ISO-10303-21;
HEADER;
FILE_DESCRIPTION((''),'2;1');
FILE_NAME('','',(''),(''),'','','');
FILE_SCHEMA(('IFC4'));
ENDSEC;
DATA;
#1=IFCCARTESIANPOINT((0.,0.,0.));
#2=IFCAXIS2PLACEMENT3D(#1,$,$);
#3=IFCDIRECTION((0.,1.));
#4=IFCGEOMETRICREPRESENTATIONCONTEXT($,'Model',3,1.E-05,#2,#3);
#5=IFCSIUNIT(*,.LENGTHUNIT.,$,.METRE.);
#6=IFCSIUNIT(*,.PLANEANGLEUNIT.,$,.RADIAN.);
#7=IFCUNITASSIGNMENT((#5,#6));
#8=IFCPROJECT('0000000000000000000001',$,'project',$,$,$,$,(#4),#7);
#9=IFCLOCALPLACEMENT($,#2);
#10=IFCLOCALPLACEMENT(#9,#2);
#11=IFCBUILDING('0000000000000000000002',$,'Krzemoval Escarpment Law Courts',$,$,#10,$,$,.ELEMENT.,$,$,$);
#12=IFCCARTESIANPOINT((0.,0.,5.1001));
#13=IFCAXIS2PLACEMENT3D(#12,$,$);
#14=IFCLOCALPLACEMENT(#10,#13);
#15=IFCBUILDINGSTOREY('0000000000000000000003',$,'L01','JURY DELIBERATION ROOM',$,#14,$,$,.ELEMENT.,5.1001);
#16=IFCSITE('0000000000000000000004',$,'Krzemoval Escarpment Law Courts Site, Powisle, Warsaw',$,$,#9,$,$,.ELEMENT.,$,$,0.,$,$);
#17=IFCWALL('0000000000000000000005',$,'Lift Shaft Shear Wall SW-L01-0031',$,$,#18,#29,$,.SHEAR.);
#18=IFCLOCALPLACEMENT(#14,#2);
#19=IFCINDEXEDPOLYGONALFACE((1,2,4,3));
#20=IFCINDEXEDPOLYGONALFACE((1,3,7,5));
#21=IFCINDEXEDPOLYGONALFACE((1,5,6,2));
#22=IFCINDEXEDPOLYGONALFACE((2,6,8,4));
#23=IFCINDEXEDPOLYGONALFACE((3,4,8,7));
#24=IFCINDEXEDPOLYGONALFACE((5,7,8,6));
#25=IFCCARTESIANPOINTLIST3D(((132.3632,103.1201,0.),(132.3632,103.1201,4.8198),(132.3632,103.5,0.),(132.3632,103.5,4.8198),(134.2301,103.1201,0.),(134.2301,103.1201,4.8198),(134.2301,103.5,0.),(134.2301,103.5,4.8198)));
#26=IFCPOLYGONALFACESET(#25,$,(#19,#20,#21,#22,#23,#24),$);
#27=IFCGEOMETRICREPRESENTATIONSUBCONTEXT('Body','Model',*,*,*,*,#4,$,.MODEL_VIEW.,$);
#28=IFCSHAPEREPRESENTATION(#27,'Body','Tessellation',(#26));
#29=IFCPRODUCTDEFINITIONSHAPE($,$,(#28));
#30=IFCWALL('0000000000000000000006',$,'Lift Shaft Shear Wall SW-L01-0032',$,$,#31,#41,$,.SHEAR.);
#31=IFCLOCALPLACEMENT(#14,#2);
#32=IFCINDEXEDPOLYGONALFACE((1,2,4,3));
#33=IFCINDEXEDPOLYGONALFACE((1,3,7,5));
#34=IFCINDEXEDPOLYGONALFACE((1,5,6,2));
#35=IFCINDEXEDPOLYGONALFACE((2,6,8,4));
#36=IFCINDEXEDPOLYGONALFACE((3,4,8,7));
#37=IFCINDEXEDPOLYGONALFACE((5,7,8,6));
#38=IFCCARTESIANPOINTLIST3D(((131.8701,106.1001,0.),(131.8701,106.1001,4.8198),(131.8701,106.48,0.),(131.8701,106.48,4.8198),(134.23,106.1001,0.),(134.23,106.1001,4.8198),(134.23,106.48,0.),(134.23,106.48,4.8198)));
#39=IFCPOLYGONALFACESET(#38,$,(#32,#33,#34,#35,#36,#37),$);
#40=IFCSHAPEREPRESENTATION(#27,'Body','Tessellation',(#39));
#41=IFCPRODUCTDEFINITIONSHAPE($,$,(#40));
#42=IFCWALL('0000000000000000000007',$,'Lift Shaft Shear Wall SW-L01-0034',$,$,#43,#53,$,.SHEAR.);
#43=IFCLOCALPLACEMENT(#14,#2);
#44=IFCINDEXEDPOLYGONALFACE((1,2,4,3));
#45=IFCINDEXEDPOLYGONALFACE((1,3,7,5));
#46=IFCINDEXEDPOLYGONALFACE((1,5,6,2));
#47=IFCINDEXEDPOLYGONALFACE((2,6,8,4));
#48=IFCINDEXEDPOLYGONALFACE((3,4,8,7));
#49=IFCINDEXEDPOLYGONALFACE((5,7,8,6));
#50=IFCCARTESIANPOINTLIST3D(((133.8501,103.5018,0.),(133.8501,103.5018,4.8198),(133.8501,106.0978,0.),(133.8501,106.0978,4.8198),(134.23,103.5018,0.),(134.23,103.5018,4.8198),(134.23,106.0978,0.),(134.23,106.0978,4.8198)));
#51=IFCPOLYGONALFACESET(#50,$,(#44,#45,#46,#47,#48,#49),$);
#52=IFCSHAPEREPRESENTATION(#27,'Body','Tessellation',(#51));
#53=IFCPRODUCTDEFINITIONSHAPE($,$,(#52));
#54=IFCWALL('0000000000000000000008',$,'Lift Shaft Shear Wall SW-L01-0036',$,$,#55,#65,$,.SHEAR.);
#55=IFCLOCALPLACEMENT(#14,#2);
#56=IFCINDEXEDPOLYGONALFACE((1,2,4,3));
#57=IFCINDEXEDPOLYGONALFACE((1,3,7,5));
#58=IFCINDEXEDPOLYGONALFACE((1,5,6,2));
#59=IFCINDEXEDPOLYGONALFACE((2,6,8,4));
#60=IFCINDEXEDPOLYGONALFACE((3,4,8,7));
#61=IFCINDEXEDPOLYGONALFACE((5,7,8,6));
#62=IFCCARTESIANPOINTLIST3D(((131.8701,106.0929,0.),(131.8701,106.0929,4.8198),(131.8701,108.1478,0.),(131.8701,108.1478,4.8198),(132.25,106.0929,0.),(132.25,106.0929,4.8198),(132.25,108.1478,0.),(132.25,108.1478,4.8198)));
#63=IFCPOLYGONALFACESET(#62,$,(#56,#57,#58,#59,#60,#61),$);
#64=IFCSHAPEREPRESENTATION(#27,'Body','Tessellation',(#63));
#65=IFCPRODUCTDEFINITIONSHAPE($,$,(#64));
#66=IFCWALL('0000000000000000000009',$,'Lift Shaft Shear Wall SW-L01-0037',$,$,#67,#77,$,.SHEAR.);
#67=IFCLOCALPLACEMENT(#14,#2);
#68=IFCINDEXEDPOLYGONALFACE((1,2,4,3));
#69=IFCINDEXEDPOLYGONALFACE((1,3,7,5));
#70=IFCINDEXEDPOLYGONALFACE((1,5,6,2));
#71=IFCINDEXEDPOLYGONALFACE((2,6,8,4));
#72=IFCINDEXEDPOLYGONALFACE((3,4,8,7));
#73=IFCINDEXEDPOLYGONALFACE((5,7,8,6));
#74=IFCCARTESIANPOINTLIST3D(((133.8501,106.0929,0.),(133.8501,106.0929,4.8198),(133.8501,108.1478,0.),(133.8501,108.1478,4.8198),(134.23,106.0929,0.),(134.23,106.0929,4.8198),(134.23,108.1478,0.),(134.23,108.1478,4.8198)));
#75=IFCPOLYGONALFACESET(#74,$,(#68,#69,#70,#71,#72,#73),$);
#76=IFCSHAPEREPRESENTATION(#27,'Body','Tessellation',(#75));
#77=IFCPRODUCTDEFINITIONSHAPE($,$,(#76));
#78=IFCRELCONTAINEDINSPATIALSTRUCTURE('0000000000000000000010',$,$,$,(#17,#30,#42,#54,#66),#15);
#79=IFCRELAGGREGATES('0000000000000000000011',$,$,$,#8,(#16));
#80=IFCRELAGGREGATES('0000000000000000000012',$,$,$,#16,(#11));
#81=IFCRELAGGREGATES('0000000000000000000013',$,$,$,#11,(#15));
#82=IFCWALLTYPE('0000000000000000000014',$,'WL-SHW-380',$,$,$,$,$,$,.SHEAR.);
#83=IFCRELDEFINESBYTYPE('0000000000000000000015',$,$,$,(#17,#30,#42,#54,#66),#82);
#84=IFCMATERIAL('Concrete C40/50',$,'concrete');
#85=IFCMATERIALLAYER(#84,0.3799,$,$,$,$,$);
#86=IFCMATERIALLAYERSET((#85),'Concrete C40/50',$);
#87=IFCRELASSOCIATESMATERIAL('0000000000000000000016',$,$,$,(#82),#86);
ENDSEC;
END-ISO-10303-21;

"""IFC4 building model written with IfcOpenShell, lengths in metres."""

from ifc_helpers import new_model, si_unit, direction, frame, frame_2d, origin, place, context, subcontext, project, spatial, rectangle, extrude, material, layer, layer_set, type_object, element, save


model = new_model("IFC4")

# Units and contexts
model_context = context("Model", 3, precision=1e-05, world=origin(), true_north=direction((0.0, 1.0)))
body_context = subcontext(model_context, "Body", "Model", "MODEL_VIEW")
ifc_project = project(units=[si_unit("LENGTHUNIT", "METRE"), si_unit("PLANEANGLEUNIT", "RADIAN")], contexts=[model_context])

# Site, building, storey
site_placement = place(None, origin())
site = spatial("IfcSite", under=ifc_project, at=site_placement, Name="Krzemoval Escarpment Law Courts Site, Powisle, Warsaw", CompositionType="ELEMENT", RefElevation=0.0)
building_placement = place(site_placement, origin())
building = spatial("IfcBuilding", under=site, at=building_placement, Name="Krzemoval Escarpment Law Courts", CompositionType="ELEMENT")
storey_placement = place(building_placement, frame((0.0, 0.0, 5.1001)))
storey = spatial("IfcBuildingStorey", under=building, at=storey_placement, Name="L01", Description="JURY DELIBERATION ROOM", CompositionType="ELEMENT", Elevation=5.1001)

# Shared definitions
ifc_material_1 = material(Name="Concrete C40/50", Category="concrete")
ifc_layer_1 = layer(ifc_material_1, 0.3799)
ifc_layer_set_1 = layer_set([ifc_layer_1], Name="Concrete C40/50")
wall_type_1 = type_object("IfcWallType", Name="WL-SHW-380", PredefinedType="SHEAR", material=ifc_layer_set_1)

# Walls
wall_1_placement = place(storey_placement, frame((132.363, 103.3101, 0.0), z_axis=(0.0, 0.0, 1.0), x_axis=(1.0, 0.0, 0.0)))
element("IfcWall", 1, at=wall_1_placement, inside=storey, type_object=wall_type_1, Name="Lift Shaft Shear Wall SW-L01-0031", PredefinedType="SHEAR", context=body_context, shape_type="SweptSolid", body=[
    extrude(rectangle(XDim=1.8669, YDim=0.3799, at=frame_2d((0.9336, 0.0))), origin(), (0.0, 0.0, 1.0), 4.8198),
])
wall_2_placement = place(storey_placement, frame((131.8701, 106.29, 0.0), z_axis=(0.0, 0.0, 1.0), x_axis=(1.0, 0.0, 0.0)))
element("IfcWall", 2, at=wall_2_placement, inside=storey, type_object=wall_type_1, Name="Lift Shaft Shear Wall SW-L01-0032", PredefinedType="SHEAR", context=body_context, shape_type="SweptSolid", body=[
    extrude(rectangle(XDim=2.3599, YDim=0.3799, at=frame_2d((1.1799, 0.0))), origin(), (0.0, 0.0, 1.0), 4.8198),
])
wall_3_placement = place(storey_placement, frame((134.04, 103.502, 0.0), z_axis=(0.0, 0.0, 1.0), x_axis=(0.0, 1.0, 0.0)))
element("IfcWall", 3, at=wall_3_placement, inside=storey, type_object=wall_type_1, Name="Lift Shaft Shear Wall SW-L01-0034", PredefinedType="SHEAR", context=body_context, shape_type="SweptSolid", body=[
    extrude(rectangle(XDim=2.5959, YDim=0.3799, at=frame_2d((1.2979, 0.0))), origin(), (0.0, 0.0, 1.0), 4.8198),
])

# Walls
for number, where, z_axis, x_axis, name in (
    (4, (132.0601, 106.093, 0.0), (0.0, 0.0, 1.0), (0.0, 1.0, 0.0), "Lift Shaft Shear Wall SW-L01-0036"),
    (5, (134.04, 106.093, 0.0), (0.0, 0.0, 1.0), (0.0, 1.0, 0.0), "Lift Shaft Shear Wall SW-L01-0037"),
):
    element("IfcWall", number, at=place(storey_placement, frame(where, z_axis=z_axis, x_axis=x_axis)), inside=storey, type_object=wall_type_1, Name=name, PredefinedType="SHEAR", context=body_context, shape_type="SweptSolid", body=[
        extrude(rectangle(XDim=2.0549, YDim=0.3799, at=frame_2d((1.0273, 0.0))), origin(), (0.0, 0.0, 1.0), 4.8198),
    ])

save(model, "model.ifc")
